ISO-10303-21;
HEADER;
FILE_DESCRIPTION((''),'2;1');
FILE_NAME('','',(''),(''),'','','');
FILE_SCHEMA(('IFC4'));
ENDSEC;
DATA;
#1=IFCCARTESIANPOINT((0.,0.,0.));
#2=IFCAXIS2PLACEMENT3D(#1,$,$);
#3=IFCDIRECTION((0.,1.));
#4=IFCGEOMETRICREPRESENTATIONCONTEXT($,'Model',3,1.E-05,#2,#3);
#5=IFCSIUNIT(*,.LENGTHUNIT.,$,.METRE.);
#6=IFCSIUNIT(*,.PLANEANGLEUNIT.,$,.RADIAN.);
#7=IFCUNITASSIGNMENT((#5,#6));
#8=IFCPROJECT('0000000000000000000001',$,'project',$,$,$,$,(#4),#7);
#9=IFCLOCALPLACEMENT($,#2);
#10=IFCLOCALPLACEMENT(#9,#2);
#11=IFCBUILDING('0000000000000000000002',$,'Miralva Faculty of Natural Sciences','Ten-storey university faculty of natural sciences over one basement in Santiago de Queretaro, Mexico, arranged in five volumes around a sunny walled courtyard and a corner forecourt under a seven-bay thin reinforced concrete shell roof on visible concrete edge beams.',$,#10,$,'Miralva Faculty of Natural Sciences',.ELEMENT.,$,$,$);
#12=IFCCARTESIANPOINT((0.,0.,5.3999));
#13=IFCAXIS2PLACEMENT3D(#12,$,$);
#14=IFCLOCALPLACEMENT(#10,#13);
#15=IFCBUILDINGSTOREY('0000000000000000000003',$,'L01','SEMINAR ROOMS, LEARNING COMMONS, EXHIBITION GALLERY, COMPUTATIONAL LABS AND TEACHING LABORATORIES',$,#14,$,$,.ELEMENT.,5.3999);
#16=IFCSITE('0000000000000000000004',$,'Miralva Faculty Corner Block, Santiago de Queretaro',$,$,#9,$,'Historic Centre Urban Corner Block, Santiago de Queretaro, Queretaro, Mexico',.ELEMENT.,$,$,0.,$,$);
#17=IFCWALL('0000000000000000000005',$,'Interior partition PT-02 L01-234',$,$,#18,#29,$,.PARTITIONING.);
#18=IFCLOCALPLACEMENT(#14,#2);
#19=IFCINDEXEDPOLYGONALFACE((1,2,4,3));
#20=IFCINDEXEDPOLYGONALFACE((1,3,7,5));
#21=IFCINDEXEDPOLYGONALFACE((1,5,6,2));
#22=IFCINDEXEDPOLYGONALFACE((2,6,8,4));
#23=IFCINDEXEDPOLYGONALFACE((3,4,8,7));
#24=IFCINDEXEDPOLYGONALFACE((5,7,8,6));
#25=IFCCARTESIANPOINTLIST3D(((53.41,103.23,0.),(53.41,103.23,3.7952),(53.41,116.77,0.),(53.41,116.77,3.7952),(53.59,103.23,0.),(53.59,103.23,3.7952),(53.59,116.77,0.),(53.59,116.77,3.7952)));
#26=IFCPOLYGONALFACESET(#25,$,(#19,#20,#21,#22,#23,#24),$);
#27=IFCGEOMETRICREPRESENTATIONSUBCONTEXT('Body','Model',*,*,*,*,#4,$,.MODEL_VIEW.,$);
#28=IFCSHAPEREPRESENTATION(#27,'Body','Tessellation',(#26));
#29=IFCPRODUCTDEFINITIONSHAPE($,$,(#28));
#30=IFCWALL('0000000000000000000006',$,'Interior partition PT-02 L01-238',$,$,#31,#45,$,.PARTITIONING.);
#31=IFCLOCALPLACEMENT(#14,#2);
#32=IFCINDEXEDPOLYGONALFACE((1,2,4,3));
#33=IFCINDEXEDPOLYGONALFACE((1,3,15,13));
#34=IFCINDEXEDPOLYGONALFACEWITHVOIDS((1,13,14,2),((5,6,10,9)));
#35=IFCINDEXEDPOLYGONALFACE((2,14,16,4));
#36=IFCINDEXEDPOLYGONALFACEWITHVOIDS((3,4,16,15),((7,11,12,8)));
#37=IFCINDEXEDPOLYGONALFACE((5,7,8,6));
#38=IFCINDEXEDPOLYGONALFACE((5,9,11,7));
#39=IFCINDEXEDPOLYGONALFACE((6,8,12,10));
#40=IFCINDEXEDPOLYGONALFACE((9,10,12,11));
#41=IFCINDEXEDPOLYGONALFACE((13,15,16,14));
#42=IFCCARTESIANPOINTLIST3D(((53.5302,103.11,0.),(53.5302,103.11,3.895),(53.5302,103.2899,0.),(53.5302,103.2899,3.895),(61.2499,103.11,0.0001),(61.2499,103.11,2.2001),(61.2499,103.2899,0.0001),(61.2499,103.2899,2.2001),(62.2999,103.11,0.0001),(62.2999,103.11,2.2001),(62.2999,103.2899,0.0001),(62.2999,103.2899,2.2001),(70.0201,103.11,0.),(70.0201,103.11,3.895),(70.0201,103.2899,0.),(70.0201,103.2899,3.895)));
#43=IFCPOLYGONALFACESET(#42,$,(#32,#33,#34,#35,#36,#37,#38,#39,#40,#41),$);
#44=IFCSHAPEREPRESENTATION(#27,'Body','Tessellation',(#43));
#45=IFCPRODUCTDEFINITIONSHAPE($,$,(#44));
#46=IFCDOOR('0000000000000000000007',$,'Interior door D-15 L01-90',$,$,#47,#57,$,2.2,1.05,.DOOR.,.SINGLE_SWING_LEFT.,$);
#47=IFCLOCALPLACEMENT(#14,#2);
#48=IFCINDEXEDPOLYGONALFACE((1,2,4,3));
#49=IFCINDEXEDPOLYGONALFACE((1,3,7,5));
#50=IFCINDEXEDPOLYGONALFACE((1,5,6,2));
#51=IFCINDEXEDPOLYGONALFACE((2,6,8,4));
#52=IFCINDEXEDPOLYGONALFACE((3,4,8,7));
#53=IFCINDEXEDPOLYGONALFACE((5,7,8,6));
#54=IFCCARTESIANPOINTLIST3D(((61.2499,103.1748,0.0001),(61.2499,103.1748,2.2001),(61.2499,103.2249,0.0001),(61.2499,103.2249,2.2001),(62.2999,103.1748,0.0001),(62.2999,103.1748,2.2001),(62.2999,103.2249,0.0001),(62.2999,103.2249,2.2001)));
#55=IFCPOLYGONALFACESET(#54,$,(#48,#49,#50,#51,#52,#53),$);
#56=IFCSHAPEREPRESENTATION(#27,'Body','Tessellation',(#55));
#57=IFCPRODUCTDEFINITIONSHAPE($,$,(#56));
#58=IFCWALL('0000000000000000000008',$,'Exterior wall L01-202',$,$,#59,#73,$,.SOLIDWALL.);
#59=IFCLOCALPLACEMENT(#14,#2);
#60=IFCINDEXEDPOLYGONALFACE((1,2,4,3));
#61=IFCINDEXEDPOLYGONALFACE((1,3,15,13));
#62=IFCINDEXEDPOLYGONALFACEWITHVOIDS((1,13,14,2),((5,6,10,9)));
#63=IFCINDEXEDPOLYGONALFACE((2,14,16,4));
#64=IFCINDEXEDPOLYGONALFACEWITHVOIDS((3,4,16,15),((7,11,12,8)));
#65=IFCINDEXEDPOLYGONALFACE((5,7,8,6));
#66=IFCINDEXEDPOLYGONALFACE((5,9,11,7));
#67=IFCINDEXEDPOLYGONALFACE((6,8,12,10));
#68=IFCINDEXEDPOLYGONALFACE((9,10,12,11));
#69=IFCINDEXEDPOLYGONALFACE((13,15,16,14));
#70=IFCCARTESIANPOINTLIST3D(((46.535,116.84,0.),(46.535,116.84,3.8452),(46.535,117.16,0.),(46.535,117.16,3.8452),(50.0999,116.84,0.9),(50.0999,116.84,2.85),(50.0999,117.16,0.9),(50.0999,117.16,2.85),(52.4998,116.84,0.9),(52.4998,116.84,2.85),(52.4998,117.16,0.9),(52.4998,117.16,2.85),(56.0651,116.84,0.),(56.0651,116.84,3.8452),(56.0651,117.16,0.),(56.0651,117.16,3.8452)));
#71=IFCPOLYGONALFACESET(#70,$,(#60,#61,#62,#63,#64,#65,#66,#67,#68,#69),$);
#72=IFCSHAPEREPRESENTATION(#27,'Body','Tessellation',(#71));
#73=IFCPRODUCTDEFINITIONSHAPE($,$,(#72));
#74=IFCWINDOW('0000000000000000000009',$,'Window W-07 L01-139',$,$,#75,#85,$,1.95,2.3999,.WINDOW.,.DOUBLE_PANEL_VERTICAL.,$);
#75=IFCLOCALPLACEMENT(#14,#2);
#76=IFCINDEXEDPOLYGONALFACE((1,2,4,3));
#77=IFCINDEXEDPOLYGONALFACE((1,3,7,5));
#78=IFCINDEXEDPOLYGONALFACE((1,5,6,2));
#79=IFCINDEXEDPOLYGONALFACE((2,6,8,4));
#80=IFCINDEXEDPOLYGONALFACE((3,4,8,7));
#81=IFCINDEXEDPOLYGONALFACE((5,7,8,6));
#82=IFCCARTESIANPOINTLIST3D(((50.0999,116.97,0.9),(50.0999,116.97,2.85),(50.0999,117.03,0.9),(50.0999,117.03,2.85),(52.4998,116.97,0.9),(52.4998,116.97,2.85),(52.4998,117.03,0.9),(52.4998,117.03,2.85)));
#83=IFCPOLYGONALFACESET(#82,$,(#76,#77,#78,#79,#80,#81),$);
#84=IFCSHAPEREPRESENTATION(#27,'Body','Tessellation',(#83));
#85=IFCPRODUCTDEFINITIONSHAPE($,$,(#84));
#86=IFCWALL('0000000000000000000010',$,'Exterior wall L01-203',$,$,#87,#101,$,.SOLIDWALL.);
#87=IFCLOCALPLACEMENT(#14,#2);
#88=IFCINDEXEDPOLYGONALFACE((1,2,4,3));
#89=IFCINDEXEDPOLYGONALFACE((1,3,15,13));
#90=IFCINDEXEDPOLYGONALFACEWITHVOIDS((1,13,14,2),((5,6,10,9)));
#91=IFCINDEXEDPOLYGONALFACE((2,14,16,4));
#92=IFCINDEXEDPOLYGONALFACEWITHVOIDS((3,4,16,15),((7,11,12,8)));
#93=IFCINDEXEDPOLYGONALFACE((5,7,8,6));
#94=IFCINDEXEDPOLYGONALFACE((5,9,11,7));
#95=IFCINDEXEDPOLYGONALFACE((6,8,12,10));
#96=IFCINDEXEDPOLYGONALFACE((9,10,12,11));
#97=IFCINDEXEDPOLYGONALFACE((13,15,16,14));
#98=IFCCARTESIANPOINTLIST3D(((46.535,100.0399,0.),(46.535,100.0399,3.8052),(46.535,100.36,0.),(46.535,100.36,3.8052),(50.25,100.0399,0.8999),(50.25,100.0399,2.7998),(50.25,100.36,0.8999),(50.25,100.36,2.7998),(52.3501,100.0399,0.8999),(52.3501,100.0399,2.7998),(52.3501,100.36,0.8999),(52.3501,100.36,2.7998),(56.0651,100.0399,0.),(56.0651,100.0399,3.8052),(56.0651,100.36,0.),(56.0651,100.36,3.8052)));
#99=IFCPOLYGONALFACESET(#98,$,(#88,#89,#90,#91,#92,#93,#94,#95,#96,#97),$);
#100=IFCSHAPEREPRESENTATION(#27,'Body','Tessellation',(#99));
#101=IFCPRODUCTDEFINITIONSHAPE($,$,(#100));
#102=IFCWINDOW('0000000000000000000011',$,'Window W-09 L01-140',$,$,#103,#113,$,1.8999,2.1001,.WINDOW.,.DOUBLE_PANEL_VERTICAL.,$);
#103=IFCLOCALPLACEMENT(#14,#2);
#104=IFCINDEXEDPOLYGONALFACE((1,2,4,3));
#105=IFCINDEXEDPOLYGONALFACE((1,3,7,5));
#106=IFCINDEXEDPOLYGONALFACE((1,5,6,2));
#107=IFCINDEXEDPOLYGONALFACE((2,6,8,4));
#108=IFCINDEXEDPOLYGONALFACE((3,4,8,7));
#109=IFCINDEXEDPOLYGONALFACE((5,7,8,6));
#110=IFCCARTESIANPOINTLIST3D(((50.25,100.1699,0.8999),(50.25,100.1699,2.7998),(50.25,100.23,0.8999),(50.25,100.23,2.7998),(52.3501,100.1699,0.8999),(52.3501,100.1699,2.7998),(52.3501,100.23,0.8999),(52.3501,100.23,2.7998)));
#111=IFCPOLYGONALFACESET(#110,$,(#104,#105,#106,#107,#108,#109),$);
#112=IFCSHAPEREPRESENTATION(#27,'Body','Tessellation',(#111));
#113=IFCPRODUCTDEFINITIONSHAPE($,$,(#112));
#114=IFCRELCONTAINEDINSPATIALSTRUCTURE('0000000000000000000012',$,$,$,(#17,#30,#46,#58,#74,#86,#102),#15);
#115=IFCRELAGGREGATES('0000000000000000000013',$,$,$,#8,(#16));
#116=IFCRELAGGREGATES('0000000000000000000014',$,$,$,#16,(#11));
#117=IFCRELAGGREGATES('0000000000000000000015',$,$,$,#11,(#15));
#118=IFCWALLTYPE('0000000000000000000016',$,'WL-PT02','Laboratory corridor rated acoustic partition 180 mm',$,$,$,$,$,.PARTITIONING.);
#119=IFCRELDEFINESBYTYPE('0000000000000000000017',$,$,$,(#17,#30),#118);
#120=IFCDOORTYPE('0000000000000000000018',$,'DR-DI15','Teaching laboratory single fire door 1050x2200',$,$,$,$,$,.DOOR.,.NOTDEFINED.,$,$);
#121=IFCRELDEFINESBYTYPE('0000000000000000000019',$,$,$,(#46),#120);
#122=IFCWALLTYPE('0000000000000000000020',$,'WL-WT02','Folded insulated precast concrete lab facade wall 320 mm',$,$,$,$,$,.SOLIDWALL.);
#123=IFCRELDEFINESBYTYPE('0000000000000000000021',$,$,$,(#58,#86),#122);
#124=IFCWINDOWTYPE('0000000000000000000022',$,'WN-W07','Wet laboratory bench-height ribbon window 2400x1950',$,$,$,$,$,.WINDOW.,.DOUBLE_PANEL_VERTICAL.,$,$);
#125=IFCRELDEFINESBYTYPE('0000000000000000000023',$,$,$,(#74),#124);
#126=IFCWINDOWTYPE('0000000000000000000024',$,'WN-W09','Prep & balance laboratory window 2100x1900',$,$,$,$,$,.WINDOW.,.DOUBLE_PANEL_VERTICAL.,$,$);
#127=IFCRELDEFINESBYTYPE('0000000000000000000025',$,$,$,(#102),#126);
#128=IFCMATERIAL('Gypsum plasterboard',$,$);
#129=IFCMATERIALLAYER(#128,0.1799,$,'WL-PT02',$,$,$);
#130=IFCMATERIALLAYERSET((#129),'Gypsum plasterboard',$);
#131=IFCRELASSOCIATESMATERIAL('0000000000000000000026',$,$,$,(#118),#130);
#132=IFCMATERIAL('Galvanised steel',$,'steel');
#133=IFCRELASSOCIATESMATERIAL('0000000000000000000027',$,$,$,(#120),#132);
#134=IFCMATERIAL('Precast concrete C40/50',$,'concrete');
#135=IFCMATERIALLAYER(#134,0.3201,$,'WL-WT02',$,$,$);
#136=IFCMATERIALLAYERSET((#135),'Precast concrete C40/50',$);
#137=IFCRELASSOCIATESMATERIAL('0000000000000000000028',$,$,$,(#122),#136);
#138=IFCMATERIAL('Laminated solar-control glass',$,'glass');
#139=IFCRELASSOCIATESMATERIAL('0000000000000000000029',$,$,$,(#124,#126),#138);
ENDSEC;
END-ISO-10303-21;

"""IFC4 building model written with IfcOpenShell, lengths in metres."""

from ifc_helpers import new_model, si_unit, direction, frame, frame_2d, origin, place, context, subcontext, project, spatial, rectangle, extrude, material, layer, layer_set, type_object, element, fill, save


model = new_model("IFC4")

# Units and contexts
model_context = context("Model", 3, precision=1e-05, world=origin(), true_north=direction((0.0, 1.0)))
body_context = subcontext(model_context, "Body", "Model", "MODEL_VIEW")
ifc_project = project(units=[si_unit("LENGTHUNIT", "METRE"), si_unit("PLANEANGLEUNIT", "RADIAN")], contexts=[model_context])

# Site, building, storey
site_placement = place(None, origin())
site = spatial("IfcSite", under=ifc_project, at=site_placement, Name="Miralva Faculty Corner Block, Santiago de Queretaro", LongName="Historic Centre Urban Corner Block, Santiago de Queretaro, Queretaro, Mexico", CompositionType="ELEMENT", RefElevation=0.0)
building_placement = place(site_placement, origin())
building = spatial("IfcBuilding", under=site, at=building_placement, Name="Miralva Faculty of Natural Sciences", Description="Ten-storey university faculty of natural sciences over one basement in Santiago de Queretaro, Mexico, arranged in five volumes around a sunny walled courtyard and a corner forecourt under a seven-bay thin reinforced concrete shell roof on visible concrete edge beams.", LongName="Miralva Faculty of Natural Sciences", CompositionType="ELEMENT")
storey_placement = place(building_placement, frame((0.0, 0.0, 5.3999)))
storey = spatial("IfcBuildingStorey", under=building, at=storey_placement, Name="L01", Description="SEMINAR ROOMS, LEARNING COMMONS, EXHIBITION GALLERY, COMPUTATIONAL LABS AND TEACHING LABORATORIES", CompositionType="ELEMENT", Elevation=5.3999)

# Wall
ifc_material_1 = material(Name="Gypsum plasterboard")
ifc_layer_1 = layer(ifc_material_1, 0.1799, Name="WL-PT02")
ifc_layer_set_1 = layer_set([ifc_layer_1], Name="Gypsum plasterboard")
wall_type_1 = type_object("IfcWallType", Name="WL-PT02", Description="Laboratory corridor rated acoustic partition 180 mm", PredefinedType="PARTITIONING", material=ifc_layer_set_1)
wall_1_placement = place(storey_placement, frame((53.5, 103.23, 0.0), z_axis=(0.0, 0.0, 1.0), x_axis=(0.0, 1.0, 0.0)))
element("IfcWall", 1, at=wall_1_placement, inside=storey, type_object=wall_type_1, Name="Interior partition PT-02 L01-234", PredefinedType="PARTITIONING", context=body_context, shape_type="SweptSolid", body=[
    extrude(rectangle(XDim=13.54, YDim=0.1799, at=frame_2d((6.77, 0.0))), origin(), (0.0, 0.0, 1.0), 3.7952),
])

# Wall, opening, door
wall_2_placement = place(storey_placement, frame((53.53, 103.2, 0.0), z_axis=(0.0, 0.0, 1.0), x_axis=(1.0, 0.0, 0.0)))
wall_2 = element("IfcWall", 2, at=wall_2_placement, inside=storey, type_object=wall_type_1, Name="Interior partition PT-02 L01-238", PredefinedType="PARTITIONING", context=body_context, shape_type="SweptSolid", body=[
    extrude(rectangle(XDim=16.49, YDim=0.1799, at=frame_2d((8.2451, 0.0))), origin(), (0.0, 0.0, 1.0), 3.895),
])
opening_1_placement = place(wall_2_placement, frame((7.72, 0.0, 0.0)))
opening_1 = element("IfcOpeningElement", 3, at=opening_1_placement, cuts=wall_2, PredefinedType="OPENING", context=body_context, shape_type="SweptSolid", body=[
    extrude(rectangle(XDim=1.05, YDim=2.2, at=frame_2d((0.5249, 1.1001))), frame((0.0, 0.0999, 0.0), z_axis=(0.0, -1.0, 0.0), x_axis=(1.0, 0.0, 0.0)), (0.0, 0.0, 1.0), 0.2),
])
ifc_material_2 = material(Name="Galvanised steel", Category="steel")
door_type = type_object("IfcDoorType", Name="DR-DI15", Description="Teaching laboratory single fire door 1050x2200", OperationType="NOTDEFINED", PredefinedType="DOOR", material=ifc_material_2)
door_placement = place(opening_1_placement, origin())
door = element("IfcDoor", 4, at=door_placement, inside=storey, type_object=door_type, Name="Interior door D-15 L01-90", OperationType="SINGLE_SWING_LEFT", OverallHeight=2.2, OverallWidth=1.05, PredefinedType="DOOR", context=body_context, shape_type="SweptSolid", body=[
    extrude(rectangle(XDim=1.05, YDim=2.2, at=frame_2d((0.5249, 1.1001))), frame((0.0, 0.0249, 0.0), z_axis=(0.0, -1.0, 0.0), x_axis=(1.0, 0.0, 0.0)), (0.0, 0.0, 1.0), 0.05),
])
fill(opening_1, door)

# Walls, openings, windows
ifc_material_3 = material(Name="Precast concrete C40/50", Category="concrete")
ifc_layer_2 = layer(ifc_material_3, 0.3201, Name="WL-WT02")
ifc_layer_set_2 = layer_set([ifc_layer_2], Name="Precast concrete C40/50")
wall_type_2 = type_object("IfcWallType", Name="WL-WT02", Description="Folded insulated precast concrete lab facade wall 320 mm", PredefinedType="SOLIDWALL", material=ifc_layer_set_2)
wall_3_placement = place(storey_placement, frame((46.5349, 117.0, 0.0), z_axis=(0.0, 0.0, 1.0), x_axis=(1.0, 0.0, 0.0)))
wall_3 = element("IfcWall", 5, at=wall_3_placement, inside=storey, type_object=wall_type_2, Name="Exterior wall L01-202", PredefinedType="SOLIDWALL", context=body_context, shape_type="SweptSolid", body=[
    extrude(rectangle(XDim=9.53, YDim=0.3201, at=frame_2d((4.7651, 0.0))), origin(), (0.0, 0.0, 1.0), 3.8452),
])
opening_2_placement = place(wall_3_placement, frame((3.5649, 0.0, 0.8999)))
opening_2 = element("IfcOpeningElement", 6, at=opening_2_placement, cuts=wall_3, PredefinedType="OPENING", context=body_context, shape_type="SweptSolid", body=[
    extrude(rectangle(XDim=2.3999, YDim=1.95, at=frame_2d((1.2, 0.9751))), frame((0.0, 0.1699, 0.0), z_axis=(0.0, -1.0, 0.0), x_axis=(1.0, 0.0, 0.0)), (0.0, 0.0, 1.0), 0.3401),
])
ifc_material_4 = material(Name="Laminated solar-control glass", Category="glass")
window_type_1 = type_object("IfcWindowType", Name="WN-W07", Description="Wet laboratory bench-height ribbon window 2400x1950", PartitioningType="DOUBLE_PANEL_VERTICAL", PredefinedType="WINDOW", material=ifc_material_4)
window_1_placement = place(opening_2_placement, origin())
window_1 = element("IfcWindow", 7, at=window_1_placement, inside=storey, type_object=window_type_1, Name="Window W-07 L01-139", OverallHeight=1.95, OverallWidth=2.3999, PartitioningType="DOUBLE_PANEL_VERTICAL", PredefinedType="WINDOW", context=body_context, shape_type="SweptSolid", body=[
    extrude(rectangle(XDim=2.3999, YDim=1.95, at=frame_2d((1.2, 0.9751))), frame((0.0, 0.03, 0.0), z_axis=(0.0, -1.0, 0.0), x_axis=(1.0, 0.0, 0.0)), (0.0, 0.0, 1.0), 0.0601),
])
fill(opening_2, window_1)
wall_4_placement = place(storey_placement, frame((46.5349, 100.2, 0.0), z_axis=(0.0, 0.0, 1.0), x_axis=(1.0, 0.0, 0.0)))
wall_4 = element("IfcWall", 8, at=wall_4_placement, inside=storey, type_object=wall_type_2, Name="Exterior wall L01-203", PredefinedType="SOLIDWALL", context=body_context, shape_type="SweptSolid", body=[
    extrude(rectangle(XDim=9.53, YDim=0.3201, at=frame_2d((4.7651, 0.0))), origin(), (0.0, 0.0, 1.0), 3.8052),
])
opening_3_placement = place(wall_4_placement, frame((3.7151, 0.0, 0.8999)))
opening_3 = element("IfcOpeningElement", 9, at=opening_3_placement, cuts=wall_4, PredefinedType="OPENING", context=body_context, shape_type="SweptSolid", body=[
    extrude(rectangle(XDim=2.1001, YDim=1.8999, at=frame_2d((1.05, 0.95))), frame((0.0, 0.1699, 0.0), z_axis=(0.0, -1.0, 0.0), x_axis=(1.0, 0.0, 0.0)), (0.0, 0.0, 1.0), 0.3401),
])
window_type_2 = type_object("IfcWindowType", Name="WN-W09", Description="Prep & balance laboratory window 2100x1900", PartitioningType="DOUBLE_PANEL_VERTICAL", PredefinedType="WINDOW", material=ifc_material_4)
window_2_placement = place(opening_3_placement, frame((2.1001, 0.0, 0.0), z_axis=(0.0, 0.0, 1.0), x_axis=(-1.0, 0.0, 0.0)))
window_2 = element("IfcWindow", 10, at=window_2_placement, inside=storey, type_object=window_type_2, Name="Window W-09 L01-140", OverallHeight=1.8999, OverallWidth=2.1001, PartitioningType="DOUBLE_PANEL_VERTICAL", PredefinedType="WINDOW", context=body_context, shape_type="SweptSolid", body=[
    extrude(rectangle(XDim=2.1001, YDim=1.8999, at=frame_2d((1.05, 0.95))), frame((0.0, 0.03, 0.0), z_axis=(0.0, -1.0, 0.0), x_axis=(1.0, 0.0, 0.0)), (0.0, 0.0, 1.0), 0.0601),
])
fill(opening_3, window_2)

save(model, "model.ifc")
